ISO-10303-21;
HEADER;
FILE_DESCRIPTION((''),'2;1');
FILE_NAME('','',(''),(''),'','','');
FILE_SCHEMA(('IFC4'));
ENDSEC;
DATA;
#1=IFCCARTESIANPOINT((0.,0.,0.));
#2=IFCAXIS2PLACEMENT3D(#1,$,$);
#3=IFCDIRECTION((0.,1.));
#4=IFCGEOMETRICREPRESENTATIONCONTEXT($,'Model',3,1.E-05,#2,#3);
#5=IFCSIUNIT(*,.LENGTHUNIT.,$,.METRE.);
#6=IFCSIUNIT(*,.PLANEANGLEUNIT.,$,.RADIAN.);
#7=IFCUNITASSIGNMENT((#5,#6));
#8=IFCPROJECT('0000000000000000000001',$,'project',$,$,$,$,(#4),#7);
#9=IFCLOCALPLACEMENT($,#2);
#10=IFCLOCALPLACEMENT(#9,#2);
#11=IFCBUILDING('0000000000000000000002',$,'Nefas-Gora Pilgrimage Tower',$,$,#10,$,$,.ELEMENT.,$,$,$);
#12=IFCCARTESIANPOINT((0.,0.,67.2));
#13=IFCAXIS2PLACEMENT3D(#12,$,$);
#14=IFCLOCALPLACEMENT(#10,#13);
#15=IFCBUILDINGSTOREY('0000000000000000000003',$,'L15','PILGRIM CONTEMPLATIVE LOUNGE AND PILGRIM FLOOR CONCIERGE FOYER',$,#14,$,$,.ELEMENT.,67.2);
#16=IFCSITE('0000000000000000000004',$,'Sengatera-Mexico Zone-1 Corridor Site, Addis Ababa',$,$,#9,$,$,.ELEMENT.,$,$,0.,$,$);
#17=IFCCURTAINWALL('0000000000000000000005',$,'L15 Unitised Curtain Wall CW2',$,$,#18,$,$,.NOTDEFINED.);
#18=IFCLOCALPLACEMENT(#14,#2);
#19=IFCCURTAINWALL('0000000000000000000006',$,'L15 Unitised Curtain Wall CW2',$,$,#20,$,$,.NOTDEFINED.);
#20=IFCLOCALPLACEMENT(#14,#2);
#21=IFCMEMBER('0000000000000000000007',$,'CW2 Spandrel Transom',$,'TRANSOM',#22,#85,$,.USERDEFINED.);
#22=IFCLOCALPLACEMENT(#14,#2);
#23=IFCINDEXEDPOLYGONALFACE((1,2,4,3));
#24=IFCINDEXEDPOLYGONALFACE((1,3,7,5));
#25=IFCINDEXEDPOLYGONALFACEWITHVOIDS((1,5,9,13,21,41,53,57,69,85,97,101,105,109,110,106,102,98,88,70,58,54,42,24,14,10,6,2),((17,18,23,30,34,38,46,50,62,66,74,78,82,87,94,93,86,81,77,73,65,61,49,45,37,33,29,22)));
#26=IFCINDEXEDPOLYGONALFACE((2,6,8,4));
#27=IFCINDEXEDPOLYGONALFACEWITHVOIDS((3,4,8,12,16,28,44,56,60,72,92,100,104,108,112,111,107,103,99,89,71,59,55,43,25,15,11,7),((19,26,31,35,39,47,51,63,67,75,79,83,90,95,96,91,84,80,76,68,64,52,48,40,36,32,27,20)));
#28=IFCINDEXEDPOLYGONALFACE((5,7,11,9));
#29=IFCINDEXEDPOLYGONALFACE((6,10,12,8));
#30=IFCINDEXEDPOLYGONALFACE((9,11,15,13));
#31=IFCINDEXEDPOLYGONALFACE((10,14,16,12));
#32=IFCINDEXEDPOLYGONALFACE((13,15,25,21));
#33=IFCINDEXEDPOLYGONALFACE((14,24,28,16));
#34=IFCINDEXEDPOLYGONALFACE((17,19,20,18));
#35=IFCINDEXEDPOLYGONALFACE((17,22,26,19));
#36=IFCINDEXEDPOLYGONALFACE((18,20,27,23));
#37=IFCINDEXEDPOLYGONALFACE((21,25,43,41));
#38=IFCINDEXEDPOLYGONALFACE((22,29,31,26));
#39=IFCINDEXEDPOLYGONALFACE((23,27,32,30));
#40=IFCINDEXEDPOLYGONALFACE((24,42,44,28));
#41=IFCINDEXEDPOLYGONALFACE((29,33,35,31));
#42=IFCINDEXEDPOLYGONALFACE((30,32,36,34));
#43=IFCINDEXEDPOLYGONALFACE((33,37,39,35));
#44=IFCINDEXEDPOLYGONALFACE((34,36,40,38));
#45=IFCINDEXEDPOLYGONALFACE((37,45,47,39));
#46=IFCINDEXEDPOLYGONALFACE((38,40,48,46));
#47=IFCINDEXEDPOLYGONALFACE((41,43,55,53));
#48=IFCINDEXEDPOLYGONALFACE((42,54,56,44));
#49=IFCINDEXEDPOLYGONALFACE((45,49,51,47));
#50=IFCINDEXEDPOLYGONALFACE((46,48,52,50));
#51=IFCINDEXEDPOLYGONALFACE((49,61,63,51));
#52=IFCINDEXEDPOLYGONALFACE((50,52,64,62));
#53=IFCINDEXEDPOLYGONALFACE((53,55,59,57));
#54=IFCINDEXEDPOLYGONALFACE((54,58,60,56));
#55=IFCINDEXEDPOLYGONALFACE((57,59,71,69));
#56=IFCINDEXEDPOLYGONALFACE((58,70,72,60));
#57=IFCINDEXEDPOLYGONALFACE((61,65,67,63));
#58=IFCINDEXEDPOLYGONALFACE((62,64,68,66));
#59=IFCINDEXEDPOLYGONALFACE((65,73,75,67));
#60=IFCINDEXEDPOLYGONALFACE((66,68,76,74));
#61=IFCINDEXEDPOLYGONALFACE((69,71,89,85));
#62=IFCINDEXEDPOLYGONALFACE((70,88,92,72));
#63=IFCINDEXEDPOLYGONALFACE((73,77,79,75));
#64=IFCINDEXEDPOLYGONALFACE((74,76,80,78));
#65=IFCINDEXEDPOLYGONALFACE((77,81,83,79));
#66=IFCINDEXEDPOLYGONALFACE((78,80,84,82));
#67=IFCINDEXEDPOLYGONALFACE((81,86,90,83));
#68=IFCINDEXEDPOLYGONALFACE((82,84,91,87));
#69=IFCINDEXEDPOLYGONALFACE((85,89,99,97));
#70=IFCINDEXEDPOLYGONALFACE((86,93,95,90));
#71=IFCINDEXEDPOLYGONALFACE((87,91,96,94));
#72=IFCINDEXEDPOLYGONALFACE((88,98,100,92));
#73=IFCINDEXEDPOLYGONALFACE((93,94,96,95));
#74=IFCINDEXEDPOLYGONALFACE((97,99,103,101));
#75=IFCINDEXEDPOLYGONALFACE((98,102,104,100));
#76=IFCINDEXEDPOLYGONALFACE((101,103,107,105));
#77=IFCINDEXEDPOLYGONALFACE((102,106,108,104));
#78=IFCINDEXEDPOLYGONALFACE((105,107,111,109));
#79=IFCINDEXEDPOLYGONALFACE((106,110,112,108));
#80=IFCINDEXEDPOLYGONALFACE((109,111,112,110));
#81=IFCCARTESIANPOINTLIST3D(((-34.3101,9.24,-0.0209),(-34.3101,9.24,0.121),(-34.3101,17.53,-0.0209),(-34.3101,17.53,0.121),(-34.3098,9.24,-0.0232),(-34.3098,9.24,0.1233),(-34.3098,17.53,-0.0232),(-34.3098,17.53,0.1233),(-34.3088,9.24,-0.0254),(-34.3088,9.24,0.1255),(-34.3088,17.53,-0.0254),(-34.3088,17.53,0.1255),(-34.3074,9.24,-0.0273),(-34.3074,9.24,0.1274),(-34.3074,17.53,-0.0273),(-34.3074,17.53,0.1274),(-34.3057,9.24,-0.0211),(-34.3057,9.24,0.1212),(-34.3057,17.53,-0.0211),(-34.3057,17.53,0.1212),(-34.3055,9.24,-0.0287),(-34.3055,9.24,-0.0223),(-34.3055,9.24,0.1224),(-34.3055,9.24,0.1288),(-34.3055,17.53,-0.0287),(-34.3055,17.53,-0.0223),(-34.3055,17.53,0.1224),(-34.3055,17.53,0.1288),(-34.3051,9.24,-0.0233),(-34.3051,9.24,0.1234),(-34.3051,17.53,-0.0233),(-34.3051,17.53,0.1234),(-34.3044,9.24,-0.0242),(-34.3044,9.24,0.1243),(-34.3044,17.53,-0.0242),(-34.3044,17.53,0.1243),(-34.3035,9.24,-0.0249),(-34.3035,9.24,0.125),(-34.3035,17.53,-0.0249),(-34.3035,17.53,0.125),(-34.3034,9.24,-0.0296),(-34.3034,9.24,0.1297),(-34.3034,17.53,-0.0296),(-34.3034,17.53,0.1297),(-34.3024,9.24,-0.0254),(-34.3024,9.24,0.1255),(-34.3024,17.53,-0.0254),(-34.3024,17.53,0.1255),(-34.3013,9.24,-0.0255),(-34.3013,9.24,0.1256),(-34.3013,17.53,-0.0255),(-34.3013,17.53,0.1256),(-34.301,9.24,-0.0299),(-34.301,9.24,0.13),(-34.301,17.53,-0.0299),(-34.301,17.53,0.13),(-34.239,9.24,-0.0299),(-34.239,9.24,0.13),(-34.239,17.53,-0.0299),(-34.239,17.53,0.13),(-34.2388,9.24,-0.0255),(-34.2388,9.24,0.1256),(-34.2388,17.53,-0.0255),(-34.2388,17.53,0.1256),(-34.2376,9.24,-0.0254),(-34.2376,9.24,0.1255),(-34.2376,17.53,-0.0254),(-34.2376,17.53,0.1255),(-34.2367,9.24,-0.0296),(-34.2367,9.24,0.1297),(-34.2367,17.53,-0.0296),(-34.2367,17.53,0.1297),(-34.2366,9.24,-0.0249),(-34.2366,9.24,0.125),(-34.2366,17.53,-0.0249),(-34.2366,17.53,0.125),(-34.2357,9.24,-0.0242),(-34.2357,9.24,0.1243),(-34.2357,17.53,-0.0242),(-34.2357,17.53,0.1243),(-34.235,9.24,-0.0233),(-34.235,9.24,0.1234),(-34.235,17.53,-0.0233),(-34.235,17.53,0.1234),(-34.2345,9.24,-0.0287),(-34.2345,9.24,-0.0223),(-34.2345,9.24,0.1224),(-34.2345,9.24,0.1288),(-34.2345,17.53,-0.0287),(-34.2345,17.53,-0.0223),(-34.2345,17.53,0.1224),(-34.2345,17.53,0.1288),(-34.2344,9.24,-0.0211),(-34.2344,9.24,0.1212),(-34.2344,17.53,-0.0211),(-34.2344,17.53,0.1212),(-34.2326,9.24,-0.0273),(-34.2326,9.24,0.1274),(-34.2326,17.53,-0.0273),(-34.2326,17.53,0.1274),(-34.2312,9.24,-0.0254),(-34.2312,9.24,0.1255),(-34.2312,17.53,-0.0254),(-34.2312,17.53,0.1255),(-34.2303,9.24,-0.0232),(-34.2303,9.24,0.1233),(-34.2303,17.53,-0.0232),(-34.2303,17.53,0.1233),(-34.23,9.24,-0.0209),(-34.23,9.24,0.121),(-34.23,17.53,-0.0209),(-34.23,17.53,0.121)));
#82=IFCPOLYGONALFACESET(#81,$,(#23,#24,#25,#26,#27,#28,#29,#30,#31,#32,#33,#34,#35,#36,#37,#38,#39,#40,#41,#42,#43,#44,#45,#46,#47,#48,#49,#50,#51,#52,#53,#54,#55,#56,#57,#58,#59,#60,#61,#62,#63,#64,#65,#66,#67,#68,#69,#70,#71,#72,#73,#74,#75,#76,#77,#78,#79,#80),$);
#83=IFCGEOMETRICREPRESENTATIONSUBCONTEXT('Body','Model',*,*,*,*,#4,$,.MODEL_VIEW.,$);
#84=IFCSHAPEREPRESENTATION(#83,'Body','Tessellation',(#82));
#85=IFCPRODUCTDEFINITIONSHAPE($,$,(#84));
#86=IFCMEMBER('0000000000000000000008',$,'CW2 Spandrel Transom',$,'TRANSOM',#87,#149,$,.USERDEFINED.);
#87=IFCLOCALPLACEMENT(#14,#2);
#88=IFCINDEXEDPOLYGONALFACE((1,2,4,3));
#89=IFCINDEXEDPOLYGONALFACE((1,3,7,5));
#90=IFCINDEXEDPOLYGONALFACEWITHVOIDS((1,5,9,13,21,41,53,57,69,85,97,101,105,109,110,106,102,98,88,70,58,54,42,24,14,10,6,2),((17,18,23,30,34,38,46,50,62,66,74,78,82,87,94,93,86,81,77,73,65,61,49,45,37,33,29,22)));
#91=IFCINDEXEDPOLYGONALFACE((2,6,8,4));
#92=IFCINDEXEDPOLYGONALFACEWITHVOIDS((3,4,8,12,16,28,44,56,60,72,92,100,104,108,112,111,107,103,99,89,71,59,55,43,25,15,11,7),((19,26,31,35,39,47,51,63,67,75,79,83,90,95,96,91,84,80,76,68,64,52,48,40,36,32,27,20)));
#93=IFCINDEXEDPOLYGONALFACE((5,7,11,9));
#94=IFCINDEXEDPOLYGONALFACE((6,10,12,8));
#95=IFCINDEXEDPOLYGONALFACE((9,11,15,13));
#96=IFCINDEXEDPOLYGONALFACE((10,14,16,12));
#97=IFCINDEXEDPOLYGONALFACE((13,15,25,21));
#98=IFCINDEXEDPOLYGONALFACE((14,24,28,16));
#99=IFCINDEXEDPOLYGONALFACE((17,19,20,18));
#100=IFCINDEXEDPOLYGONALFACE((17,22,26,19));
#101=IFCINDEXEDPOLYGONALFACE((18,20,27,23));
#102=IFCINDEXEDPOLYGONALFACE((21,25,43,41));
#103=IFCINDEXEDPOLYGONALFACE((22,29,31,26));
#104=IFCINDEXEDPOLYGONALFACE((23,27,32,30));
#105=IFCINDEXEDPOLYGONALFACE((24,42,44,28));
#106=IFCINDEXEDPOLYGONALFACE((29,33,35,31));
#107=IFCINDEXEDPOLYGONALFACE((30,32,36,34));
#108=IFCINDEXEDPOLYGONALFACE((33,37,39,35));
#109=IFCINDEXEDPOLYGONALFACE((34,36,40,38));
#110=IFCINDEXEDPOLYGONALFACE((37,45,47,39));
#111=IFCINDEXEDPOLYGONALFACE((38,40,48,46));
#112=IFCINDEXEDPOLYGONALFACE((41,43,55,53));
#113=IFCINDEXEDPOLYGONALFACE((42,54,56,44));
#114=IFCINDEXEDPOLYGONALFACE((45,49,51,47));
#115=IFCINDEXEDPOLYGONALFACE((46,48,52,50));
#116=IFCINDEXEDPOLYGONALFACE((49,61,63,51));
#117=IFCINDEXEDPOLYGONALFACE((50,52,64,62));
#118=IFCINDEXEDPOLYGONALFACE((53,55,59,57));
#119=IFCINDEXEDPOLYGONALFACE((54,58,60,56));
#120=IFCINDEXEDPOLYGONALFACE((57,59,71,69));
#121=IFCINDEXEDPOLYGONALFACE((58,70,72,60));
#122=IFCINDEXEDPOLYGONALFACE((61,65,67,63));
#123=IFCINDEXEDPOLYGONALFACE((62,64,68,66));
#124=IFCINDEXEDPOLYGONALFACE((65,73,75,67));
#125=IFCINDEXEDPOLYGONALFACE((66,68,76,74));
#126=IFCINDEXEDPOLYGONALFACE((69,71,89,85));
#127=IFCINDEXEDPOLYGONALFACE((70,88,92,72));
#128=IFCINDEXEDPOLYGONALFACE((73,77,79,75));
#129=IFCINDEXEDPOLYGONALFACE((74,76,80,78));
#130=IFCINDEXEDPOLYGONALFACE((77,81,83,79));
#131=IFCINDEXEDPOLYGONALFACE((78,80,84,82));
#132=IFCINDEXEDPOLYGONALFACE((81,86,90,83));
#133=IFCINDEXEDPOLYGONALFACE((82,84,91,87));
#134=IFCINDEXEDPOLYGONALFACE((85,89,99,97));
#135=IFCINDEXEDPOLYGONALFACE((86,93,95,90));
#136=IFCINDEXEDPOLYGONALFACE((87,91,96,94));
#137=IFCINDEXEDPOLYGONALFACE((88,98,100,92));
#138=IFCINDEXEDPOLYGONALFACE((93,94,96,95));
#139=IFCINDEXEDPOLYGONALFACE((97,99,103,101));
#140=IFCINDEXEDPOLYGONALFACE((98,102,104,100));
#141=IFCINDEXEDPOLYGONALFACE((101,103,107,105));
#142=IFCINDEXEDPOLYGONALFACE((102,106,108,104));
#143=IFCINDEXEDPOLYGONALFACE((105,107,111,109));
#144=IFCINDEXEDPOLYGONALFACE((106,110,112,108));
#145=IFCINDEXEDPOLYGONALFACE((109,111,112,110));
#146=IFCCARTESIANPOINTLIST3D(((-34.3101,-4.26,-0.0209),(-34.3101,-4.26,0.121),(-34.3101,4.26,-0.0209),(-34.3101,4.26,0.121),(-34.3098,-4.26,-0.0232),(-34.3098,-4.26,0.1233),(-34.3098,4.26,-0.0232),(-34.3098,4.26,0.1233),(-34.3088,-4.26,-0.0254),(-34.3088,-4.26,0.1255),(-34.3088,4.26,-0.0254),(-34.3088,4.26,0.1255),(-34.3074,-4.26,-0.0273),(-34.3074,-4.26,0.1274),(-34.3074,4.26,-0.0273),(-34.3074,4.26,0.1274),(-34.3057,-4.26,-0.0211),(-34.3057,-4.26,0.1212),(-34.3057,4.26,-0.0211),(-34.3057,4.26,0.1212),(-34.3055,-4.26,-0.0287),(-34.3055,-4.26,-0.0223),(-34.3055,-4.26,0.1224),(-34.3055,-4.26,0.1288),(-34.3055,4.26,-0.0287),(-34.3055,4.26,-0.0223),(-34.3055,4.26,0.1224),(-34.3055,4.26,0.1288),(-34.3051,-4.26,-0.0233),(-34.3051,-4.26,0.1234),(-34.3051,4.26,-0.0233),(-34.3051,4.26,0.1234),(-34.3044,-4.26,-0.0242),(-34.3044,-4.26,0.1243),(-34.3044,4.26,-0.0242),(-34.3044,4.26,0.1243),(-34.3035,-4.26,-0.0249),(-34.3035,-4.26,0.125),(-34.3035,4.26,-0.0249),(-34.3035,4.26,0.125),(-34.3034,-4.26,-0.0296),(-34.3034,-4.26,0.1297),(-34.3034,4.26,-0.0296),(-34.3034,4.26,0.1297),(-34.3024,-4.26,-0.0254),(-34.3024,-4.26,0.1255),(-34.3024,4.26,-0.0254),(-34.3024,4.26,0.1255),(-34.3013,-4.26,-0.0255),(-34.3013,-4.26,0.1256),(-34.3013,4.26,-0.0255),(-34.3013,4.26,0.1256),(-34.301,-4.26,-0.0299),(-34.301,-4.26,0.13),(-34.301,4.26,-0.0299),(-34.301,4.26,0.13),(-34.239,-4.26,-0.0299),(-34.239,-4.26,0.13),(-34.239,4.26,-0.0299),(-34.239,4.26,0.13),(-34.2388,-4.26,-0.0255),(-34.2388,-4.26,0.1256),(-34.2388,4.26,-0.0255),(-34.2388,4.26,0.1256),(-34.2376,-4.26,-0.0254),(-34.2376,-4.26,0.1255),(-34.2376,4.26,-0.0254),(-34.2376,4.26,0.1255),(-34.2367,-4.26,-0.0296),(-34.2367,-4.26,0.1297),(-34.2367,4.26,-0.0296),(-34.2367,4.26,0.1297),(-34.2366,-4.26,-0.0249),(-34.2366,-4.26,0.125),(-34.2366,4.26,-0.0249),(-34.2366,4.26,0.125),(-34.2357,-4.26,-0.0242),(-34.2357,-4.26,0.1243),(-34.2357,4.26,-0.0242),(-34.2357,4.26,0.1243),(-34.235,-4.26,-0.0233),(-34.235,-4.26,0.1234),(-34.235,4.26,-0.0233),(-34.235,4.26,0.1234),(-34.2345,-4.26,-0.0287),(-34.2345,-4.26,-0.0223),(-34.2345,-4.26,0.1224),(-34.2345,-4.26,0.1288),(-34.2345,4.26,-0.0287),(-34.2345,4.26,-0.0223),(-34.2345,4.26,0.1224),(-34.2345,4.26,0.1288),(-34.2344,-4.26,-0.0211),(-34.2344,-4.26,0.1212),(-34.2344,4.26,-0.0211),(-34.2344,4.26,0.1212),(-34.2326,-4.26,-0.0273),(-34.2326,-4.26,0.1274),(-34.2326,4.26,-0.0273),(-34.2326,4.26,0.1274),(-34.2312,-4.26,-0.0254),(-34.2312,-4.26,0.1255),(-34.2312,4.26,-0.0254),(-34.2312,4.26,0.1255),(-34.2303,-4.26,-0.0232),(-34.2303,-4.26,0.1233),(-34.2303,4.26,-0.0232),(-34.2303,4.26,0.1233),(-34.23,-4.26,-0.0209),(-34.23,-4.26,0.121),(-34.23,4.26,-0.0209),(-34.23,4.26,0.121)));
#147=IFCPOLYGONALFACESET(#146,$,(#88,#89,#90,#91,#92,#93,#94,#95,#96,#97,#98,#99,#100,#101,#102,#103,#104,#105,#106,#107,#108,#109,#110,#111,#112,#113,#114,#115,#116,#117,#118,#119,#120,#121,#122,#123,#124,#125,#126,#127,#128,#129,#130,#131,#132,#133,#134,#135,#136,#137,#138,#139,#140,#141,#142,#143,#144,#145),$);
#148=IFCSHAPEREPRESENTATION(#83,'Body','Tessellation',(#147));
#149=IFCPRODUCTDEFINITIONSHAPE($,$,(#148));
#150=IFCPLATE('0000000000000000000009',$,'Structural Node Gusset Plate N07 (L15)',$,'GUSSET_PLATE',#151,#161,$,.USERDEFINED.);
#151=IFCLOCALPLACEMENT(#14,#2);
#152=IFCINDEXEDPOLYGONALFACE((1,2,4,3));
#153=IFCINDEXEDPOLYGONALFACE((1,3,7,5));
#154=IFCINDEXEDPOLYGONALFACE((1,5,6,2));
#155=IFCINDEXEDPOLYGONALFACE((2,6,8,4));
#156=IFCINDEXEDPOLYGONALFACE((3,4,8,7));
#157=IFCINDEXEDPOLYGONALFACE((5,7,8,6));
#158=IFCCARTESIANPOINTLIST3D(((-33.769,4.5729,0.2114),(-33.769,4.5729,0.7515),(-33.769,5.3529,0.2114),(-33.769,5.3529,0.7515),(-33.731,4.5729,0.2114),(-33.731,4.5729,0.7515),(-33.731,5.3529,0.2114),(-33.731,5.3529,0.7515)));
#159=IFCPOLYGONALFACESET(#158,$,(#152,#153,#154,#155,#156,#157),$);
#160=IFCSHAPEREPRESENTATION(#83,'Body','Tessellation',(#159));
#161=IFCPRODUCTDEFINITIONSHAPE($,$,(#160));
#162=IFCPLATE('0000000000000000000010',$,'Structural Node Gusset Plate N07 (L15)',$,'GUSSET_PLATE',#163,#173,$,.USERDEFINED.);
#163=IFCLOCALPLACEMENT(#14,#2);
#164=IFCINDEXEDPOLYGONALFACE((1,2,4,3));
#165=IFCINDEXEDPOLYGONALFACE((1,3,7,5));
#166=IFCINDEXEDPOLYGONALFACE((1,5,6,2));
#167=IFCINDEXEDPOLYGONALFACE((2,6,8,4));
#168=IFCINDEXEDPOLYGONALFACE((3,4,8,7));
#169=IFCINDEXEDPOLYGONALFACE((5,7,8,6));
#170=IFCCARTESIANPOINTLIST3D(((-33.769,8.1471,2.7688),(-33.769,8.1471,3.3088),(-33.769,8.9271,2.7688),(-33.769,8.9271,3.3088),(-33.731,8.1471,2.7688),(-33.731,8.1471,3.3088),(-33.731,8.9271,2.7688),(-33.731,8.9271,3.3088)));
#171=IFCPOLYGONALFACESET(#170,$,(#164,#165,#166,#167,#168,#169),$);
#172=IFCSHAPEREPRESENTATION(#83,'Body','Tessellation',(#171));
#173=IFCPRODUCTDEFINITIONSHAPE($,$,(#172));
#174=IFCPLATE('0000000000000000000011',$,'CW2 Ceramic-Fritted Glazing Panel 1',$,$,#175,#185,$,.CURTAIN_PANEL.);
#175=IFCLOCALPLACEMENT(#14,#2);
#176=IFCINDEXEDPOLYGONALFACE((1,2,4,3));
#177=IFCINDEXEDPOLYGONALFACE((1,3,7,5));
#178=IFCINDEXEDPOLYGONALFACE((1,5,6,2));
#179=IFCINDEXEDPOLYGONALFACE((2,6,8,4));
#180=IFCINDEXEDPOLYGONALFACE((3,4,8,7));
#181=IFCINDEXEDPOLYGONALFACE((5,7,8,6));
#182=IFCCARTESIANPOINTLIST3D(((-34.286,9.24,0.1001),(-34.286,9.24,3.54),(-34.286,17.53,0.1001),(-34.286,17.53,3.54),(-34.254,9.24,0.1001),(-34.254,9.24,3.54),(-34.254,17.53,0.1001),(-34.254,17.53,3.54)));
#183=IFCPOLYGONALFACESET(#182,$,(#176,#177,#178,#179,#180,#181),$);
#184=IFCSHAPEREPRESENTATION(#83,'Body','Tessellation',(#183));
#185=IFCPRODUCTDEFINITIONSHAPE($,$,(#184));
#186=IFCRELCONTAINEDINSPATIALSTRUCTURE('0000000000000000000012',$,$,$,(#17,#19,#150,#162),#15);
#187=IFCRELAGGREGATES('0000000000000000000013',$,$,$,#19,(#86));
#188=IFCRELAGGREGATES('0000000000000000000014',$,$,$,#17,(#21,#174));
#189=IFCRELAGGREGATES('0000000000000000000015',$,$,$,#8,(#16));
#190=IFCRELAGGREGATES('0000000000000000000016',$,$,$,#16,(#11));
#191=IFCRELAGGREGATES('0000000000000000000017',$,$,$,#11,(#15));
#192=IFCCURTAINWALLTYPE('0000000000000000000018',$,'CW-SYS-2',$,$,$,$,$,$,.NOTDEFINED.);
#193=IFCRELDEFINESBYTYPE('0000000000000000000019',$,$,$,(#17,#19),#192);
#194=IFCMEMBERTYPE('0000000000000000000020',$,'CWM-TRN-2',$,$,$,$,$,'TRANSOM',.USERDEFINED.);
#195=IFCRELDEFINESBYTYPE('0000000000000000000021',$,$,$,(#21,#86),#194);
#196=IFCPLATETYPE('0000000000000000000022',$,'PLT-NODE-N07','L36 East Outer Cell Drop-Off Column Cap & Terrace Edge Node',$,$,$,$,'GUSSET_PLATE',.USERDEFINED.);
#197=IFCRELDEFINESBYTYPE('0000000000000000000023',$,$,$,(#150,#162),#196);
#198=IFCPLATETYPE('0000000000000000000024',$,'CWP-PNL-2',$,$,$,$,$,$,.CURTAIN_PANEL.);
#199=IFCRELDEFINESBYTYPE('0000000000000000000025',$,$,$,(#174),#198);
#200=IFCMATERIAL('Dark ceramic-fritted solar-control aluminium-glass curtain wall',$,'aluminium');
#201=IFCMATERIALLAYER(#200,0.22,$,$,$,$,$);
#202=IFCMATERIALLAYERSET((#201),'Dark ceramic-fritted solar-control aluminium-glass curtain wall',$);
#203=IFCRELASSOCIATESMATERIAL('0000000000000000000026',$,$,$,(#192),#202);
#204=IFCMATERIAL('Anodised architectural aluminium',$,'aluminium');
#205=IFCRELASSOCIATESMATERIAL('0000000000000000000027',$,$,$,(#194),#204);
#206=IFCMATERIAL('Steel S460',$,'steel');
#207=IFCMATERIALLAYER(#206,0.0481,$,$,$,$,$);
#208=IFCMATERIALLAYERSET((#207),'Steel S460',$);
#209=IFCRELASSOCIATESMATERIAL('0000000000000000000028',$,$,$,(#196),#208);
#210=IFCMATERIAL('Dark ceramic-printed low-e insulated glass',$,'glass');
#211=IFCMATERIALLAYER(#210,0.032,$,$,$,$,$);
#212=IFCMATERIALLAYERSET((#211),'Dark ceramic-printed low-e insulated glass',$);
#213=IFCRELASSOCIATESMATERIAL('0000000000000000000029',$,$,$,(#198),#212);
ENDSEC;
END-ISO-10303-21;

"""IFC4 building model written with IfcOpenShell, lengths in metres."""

from ifc_helpers import new_model, si_unit, direction, frame, origin, origin_2d, place, context, subcontext, project, spatial, rectangle, hollow_rectangle, extrude, source, transform, mapped, material, layer, layer_set, material_profile, profile_set, type_object, element, aggregate, save


model = new_model("IFC4")

# Units and contexts
model_context = context("Model", 3, precision=1e-05, world=origin(), true_north=direction((0.0, 1.0)))
body_context = subcontext(model_context, "Body", "Model", "MODEL_VIEW")
ifc_project = project(units=[si_unit("LENGTHUNIT", "METRE"), si_unit("PLANEANGLEUNIT", "RADIAN")], contexts=[model_context])

# Site, building, storey
site_placement = place(None, origin())
site = spatial("IfcSite", under=ifc_project, at=site_placement, Name="Sengatera-Mexico Zone-1 Corridor Site, Addis Ababa", CompositionType="ELEMENT", RefElevation=0.0)
building_placement = place(site_placement, origin())
building = spatial("IfcBuilding", under=site, at=building_placement, Name="Nefas-Gora Pilgrimage Tower", CompositionType="ELEMENT")
storey_placement = place(building_placement, frame((0.0, 0.0, 67.2)))
storey = spatial("IfcBuildingStorey", under=building, at=storey_placement, Name="L15", Description="PILGRIM CONTEMPLATIVE LOUNGE AND PILGRIM FLOOR CONCIERGE FOYER", CompositionType="ELEMENT", Elevation=67.2)

# Shared definitions
ifc_material_1 = material(Name="Steel S460", Category="steel")

# Shared definitions
ifc_material_2 = material(Name="Dark ceramic-fritted solar-control aluminium-glass curtain wall", Category="aluminium")
ifc_layer_1 = layer(ifc_material_2, 0.22)
ifc_layer_set_1 = layer_set([ifc_layer_1], Name="Dark ceramic-fritted solar-control aluminium-glass curtain wall")
curtain_wall_type = type_object("IfcCurtainWallType", Name="CW-SYS-2", PredefinedType="NOTDEFINED", material=ifc_layer_set_1)
ifc_material_3 = material(Name="Anodised architectural aluminium", Category="aluminium")

# Curtain wall
curtain_wall_1_placement = place(storey_placement, origin())
curtain_wall_1 = element("IfcCurtainWall", 1, at=curtain_wall_1_placement, inside=storey, type_object=curtain_wall_type, Name="L15 Unitised Curtain Wall CW2", PredefinedType="NOTDEFINED")

# Curtain wall
curtain_wall_2_placement = place(storey_placement, origin())
curtain_wall_2 = element("IfcCurtainWall", 2, at=curtain_wall_2_placement, inside=storey, type_object=curtain_wall_type, Name="L15 Unitised Curtain Wall CW2", PredefinedType="NOTDEFINED")

# Members
ifc_material_profile_1 = material_profile(ifc_material_3, hollow_rectangle(XDim=0.0801, YDim=0.1599, WallThickness=0.0044, InnerFilletRadius=0.0044, OuterFilletRadius=0.009, at=origin_2d()), Name="ALU TRANSOM 80x160")
ifc_profile_set_1 = profile_set([ifc_material_profile_1], Name="Anodised architectural aluminium")
member_type_1 = type_object("IfcMemberType", Name="CWM-TRN-2", ElementType="TRANSOM", PredefinedType="USERDEFINED", material=ifc_profile_set_1)
shared_shape_1 = source(origin(), body_context, "Body", "SweptSolid", [
    extrude(hollow_rectangle(XDim=0.0801, YDim=0.1599, WallThickness=0.0044, InnerFilletRadius=0.0044, OuterFilletRadius=0.009, at=origin_2d()), origin(), (0.0, 0.0, 1.0), 8.29),
])
member_1_placement = place(storey_placement, frame((-34.27, 17.53, 0.05), z_axis=(0.0, -1.0, 0.0), x_axis=(1.0, 0.0, 0.0)))
member_1 = element("IfcMember", 3, at=member_1_placement, type_object=member_type_1, Name="CW2 Spandrel Transom", ObjectType="TRANSOM", PredefinedType="USERDEFINED", context=body_context, shape_type="MappedRepresentation", body=[
    mapped(shared_shape_1, transform((0.0, 0.0, 0.0), x_axis=(1.0, 0.0, 0.0), y_axis=(0.0, 1.0, 0.0), z_axis=(0.0, 0.0, 1.0), scale=1.0)),
])
shared_shape_2 = source(origin(), body_context, "Body", "SweptSolid", [
    extrude(hollow_rectangle(XDim=0.0801, YDim=0.1599, WallThickness=0.0044, InnerFilletRadius=0.0044, OuterFilletRadius=0.009, at=origin_2d()), origin(), (0.0, 0.0, 1.0), 8.52),
])
member_2_placement = place(storey_placement, frame((-34.27, 4.26, 0.05), z_axis=(0.0, -1.0, 0.0), x_axis=(1.0, 0.0, 0.0)))
member_2 = element("IfcMember", 4, at=member_2_placement, type_object=member_type_1, Name="CW2 Spandrel Transom", ObjectType="TRANSOM", PredefinedType="USERDEFINED", context=body_context, shape_type="MappedRepresentation", body=[
    mapped(shared_shape_2, transform((0.0, 0.0, 0.0), x_axis=(1.0, 0.0, 0.0), y_axis=(0.0, 1.0, 0.0), z_axis=(0.0, 0.0, 1.0), scale=1.0)),
])
aggregate(curtain_wall_2, [member_2])

# Plates
ifc_layer_2 = layer(ifc_material_1, 0.0481)
ifc_layer_set_2 = layer_set([ifc_layer_2], Name="Steel S460")
plate_type_1 = type_object("IfcPlateType", Name="PLT-NODE-N07", Description="L36 East Outer Cell Drop-Off Column Cap & Terrace Edge Node", ElementType="GUSSET_PLATE", PredefinedType="USERDEFINED", material=ifc_layer_set_2)
shared_shape_3 = source(origin(), body_context, "Body", "SweptSolid", [
    extrude(rectangle(XDim=0.78, YDim=0.0381, at=origin_2d()), origin(), (0.0, 0.0, 1.0), 0.54),
])
for number, where, z_axis, x_axis, name in (
    (5, (-33.75, 4.9629, 0.2114), (0.0, 0.0, 1.0), (0.0, 1.0, 0.0), "Structural Node Gusset Plate N07 (L15)"),
    (6, (-33.75, 8.5371, 2.7688), (0.0, 0.0, 1.0), (0.0, 1.0, 0.0), "Structural Node Gusset Plate N07 (L15)"),
):
    element("IfcPlate", number, at=place(storey_placement, frame(where, z_axis=z_axis, x_axis=x_axis)), inside=storey, type_object=plate_type_1, Name=name, ObjectType="GUSSET_PLATE", PredefinedType="USERDEFINED", context=body_context, shape_type="MappedRepresentation", body=[
        mapped(shared_shape_3, transform((0.0, 0.0, 0.0), x_axis=(1.0, 0.0, 0.0), y_axis=(0.0, 1.0, 0.0), z_axis=(0.0, 0.0, 1.0), scale=1.0)),
    ])

# Plate
ifc_material_4 = material(Name="Dark ceramic-printed low-e insulated glass", Category="glass")
ifc_layer_3 = layer(ifc_material_4, 0.032)
ifc_layer_set_3 = layer_set([ifc_layer_3], Name="Dark ceramic-printed low-e insulated glass")
plate_type_2 = type_object("IfcPlateType", Name="CWP-PNL-2", PredefinedType="CURTAIN_PANEL", material=ifc_layer_set_3)
shared_shape_4 = source(origin(), body_context, "Body", "SweptSolid", [
    extrude(rectangle(XDim=8.29, YDim=0.032, at=origin_2d()), origin(), (0.0, 0.0, 1.0), 3.4399),
])
plate_placement = place(storey_placement, frame((-34.27, 13.385, 0.1001), z_axis=(0.0, 0.0, 1.0), x_axis=(0.0, -1.0, 0.0)))
plate = element("IfcPlate", 7, at=plate_placement, type_object=plate_type_2, Name="CW2 Ceramic-Fritted Glazing Panel 1", PredefinedType="CURTAIN_PANEL", context=body_context, shape_type="MappedRepresentation", body=[
    mapped(shared_shape_4, transform((0.0, 0.0, 0.0), x_axis=(1.0, 0.0, 0.0), y_axis=(0.0, 1.0, 0.0), z_axis=(0.0, 0.0, 1.0), scale=1.0)),
])
aggregate(curtain_wall_1, [member_1, plate])

save(model, "model.ifc")
